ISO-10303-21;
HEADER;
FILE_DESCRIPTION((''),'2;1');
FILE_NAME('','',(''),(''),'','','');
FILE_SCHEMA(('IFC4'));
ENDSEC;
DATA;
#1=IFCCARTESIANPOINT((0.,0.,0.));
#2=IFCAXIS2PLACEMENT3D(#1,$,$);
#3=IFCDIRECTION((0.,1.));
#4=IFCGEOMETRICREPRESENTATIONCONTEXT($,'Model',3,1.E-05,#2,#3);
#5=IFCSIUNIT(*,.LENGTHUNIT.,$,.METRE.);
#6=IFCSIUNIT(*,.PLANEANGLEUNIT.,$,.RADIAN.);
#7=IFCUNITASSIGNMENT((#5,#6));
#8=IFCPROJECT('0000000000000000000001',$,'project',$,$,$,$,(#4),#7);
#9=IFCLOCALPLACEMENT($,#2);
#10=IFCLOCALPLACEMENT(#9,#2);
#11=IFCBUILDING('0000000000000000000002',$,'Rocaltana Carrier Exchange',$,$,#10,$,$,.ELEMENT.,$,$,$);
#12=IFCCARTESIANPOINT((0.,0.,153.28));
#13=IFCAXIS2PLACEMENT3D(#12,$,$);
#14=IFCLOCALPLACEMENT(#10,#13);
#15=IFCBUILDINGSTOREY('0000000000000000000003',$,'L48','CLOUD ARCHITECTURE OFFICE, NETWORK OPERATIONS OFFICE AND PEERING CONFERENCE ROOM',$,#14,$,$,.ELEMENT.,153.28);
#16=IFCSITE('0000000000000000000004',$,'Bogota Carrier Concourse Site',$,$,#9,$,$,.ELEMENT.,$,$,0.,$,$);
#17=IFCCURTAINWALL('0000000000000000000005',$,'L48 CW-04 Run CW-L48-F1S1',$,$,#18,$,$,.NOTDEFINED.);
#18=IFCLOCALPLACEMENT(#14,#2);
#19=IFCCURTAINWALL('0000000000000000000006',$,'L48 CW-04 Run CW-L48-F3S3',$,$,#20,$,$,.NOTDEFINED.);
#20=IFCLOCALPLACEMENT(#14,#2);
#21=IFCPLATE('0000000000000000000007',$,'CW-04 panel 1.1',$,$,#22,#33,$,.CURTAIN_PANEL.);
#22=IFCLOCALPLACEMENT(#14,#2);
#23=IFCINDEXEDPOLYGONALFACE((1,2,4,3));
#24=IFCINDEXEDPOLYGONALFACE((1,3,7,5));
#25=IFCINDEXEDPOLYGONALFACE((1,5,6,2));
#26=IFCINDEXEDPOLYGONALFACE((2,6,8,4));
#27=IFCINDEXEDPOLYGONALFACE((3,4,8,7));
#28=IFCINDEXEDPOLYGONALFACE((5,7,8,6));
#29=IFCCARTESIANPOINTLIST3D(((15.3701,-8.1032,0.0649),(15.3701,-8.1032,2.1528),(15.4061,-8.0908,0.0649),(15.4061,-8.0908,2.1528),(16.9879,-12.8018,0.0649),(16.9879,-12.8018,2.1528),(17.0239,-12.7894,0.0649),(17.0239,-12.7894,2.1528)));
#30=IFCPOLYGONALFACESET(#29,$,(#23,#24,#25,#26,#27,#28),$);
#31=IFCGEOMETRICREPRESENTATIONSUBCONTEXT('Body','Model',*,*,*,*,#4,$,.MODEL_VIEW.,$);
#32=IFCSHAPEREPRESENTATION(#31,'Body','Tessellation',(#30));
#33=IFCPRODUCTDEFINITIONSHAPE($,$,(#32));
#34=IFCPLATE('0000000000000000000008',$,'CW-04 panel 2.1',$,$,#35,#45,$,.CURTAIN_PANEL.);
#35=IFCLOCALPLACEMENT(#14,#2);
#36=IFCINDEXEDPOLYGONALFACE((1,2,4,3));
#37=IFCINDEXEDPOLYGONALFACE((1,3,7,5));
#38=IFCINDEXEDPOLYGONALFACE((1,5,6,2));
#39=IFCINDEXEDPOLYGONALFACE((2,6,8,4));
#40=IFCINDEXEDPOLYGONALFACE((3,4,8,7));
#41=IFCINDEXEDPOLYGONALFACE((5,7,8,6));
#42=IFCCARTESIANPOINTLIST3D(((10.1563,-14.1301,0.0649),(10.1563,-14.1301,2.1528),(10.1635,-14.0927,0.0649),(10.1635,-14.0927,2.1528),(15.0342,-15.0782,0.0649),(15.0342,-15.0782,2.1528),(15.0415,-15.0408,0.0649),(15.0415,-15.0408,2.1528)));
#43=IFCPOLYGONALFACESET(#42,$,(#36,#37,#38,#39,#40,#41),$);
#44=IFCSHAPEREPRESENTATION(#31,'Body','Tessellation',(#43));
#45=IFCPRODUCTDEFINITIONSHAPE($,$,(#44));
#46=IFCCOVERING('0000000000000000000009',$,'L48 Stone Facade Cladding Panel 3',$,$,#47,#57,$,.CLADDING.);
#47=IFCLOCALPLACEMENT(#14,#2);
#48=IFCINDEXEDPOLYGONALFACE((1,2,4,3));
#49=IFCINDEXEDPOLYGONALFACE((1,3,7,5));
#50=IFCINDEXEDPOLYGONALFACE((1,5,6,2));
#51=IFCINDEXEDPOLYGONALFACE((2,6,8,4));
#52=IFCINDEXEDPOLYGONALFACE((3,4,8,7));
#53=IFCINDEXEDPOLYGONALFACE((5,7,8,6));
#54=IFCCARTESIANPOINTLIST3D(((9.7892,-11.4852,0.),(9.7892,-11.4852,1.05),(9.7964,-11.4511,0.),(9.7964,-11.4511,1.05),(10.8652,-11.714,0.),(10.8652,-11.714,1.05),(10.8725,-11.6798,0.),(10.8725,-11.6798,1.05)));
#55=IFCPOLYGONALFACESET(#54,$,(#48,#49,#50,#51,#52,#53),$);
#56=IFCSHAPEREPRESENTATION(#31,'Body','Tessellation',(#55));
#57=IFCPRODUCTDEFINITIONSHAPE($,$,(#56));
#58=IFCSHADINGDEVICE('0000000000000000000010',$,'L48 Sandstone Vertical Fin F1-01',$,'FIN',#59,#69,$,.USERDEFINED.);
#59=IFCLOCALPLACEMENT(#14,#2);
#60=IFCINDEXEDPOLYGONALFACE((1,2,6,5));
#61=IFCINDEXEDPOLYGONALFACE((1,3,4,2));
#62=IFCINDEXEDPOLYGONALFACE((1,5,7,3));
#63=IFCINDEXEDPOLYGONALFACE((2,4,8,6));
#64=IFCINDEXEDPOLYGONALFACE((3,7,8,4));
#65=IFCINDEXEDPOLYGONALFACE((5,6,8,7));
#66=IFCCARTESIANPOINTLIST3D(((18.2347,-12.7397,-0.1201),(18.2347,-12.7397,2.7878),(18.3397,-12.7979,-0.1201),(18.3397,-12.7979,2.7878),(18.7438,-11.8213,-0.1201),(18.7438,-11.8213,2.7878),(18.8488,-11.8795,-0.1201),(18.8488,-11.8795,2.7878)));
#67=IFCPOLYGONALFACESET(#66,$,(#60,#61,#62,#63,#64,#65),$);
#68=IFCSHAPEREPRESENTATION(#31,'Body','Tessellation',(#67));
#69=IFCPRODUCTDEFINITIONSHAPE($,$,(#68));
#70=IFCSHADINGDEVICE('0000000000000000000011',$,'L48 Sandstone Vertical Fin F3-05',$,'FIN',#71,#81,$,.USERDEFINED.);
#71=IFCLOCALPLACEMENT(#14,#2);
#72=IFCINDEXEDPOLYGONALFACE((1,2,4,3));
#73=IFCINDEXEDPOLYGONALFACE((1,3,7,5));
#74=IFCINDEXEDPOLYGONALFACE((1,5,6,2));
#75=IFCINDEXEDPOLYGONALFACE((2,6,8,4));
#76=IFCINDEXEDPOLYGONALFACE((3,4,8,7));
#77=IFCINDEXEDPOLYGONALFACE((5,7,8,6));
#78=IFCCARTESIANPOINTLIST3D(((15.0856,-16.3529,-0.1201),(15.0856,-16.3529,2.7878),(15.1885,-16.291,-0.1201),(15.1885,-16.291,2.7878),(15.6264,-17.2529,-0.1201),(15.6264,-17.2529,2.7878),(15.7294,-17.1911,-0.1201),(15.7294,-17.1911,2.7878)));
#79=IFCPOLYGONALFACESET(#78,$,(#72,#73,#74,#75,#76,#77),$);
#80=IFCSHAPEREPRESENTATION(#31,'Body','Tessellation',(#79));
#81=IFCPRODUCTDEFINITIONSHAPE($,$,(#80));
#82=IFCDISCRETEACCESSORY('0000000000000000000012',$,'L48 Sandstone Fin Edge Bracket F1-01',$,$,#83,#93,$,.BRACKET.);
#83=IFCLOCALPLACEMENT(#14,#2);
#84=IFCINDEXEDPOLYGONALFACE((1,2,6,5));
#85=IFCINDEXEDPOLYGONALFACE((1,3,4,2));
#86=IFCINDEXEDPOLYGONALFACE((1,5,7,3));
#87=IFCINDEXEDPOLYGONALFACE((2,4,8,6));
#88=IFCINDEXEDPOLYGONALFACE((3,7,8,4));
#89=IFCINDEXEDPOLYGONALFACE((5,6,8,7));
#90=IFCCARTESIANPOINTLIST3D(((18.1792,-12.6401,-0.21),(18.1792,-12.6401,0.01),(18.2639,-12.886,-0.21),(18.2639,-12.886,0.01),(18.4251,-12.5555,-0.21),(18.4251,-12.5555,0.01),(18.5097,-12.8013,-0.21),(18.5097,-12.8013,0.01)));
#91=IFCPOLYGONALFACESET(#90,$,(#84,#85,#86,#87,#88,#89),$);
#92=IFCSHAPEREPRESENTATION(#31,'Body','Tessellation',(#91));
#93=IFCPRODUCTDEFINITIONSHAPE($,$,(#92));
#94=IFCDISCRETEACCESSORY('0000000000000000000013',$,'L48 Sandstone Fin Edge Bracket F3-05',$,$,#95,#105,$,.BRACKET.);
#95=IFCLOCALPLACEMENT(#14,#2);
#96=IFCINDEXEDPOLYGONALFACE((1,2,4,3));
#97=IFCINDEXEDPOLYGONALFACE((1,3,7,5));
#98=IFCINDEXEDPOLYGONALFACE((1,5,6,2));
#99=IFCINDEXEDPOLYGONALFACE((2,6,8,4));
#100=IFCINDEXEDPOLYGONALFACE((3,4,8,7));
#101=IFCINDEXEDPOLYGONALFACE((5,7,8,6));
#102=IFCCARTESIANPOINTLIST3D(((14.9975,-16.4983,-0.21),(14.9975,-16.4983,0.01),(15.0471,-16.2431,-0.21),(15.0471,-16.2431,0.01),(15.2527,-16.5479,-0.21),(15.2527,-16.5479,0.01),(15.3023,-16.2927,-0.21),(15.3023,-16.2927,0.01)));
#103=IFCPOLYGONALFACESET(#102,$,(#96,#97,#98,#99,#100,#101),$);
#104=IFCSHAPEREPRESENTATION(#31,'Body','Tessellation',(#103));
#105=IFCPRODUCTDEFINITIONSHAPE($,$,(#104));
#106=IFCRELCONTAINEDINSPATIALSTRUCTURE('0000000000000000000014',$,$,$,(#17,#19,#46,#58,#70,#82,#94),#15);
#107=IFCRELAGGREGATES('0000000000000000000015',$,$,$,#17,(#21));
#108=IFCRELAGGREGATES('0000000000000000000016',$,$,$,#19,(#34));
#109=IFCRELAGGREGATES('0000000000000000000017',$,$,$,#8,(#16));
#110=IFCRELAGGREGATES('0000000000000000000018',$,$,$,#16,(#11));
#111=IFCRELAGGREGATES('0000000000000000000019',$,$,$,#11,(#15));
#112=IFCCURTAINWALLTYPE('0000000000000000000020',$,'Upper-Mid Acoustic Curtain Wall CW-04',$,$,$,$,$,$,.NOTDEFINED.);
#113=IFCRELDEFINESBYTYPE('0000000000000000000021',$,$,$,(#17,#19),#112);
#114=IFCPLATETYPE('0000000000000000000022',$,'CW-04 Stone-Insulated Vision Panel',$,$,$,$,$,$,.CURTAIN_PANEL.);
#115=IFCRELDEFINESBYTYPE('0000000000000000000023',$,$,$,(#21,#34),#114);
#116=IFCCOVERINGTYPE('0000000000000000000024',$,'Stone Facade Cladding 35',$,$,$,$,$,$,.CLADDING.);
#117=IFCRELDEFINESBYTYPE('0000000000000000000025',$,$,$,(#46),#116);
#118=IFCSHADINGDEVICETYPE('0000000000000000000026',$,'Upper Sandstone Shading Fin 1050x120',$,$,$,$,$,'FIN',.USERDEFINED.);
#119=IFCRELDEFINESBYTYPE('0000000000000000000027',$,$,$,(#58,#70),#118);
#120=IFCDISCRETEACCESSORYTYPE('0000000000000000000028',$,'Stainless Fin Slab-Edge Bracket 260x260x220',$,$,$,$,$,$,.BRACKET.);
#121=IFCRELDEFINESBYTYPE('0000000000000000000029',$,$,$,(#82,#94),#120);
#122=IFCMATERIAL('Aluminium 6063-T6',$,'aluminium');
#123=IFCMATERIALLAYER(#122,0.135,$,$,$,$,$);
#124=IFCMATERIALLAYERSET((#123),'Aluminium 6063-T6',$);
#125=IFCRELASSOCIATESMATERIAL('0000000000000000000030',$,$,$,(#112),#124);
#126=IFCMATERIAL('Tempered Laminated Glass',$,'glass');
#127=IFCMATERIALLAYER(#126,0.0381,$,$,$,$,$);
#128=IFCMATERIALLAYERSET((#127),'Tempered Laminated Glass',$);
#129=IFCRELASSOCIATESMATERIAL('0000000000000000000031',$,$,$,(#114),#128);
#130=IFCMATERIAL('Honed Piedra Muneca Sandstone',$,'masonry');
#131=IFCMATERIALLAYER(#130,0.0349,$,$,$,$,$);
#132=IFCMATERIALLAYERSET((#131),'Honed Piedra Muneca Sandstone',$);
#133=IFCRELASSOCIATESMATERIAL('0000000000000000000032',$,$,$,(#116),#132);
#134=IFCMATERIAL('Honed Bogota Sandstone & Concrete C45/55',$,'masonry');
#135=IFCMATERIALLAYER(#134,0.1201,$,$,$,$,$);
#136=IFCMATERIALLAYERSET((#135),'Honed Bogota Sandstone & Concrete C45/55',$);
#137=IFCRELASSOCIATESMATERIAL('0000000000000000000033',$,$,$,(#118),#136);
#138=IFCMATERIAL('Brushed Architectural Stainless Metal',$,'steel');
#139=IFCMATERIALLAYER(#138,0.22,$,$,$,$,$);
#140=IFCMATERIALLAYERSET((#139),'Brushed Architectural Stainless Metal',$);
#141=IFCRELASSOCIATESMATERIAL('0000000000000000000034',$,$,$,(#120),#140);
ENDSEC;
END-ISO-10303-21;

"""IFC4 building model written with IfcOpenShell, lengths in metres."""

from ifc_helpers import new_model, si_unit, direction, frame, origin, origin_2d, place, context, subcontext, project, spatial, rectangle, extrude, material, layer, layer_set, type_object, element, aggregate, save


model = new_model("IFC4")

# Units and contexts
model_context = context("Model", 3, precision=1e-05, world=origin(), true_north=direction((0.0, 1.0)))
body_context = subcontext(model_context, "Body", "Model", "MODEL_VIEW")
ifc_project = project(units=[si_unit("LENGTHUNIT", "METRE"), si_unit("PLANEANGLEUNIT", "RADIAN")], contexts=[model_context])

# Site, building, storey
site_placement = place(None, origin())
site = spatial("IfcSite", under=ifc_project, at=site_placement, Name="Bogota Carrier Concourse Site", CompositionType="ELEMENT", RefElevation=0.0)
building_placement = place(site_placement, origin())
building = spatial("IfcBuilding", under=site, at=building_placement, Name="Rocaltana Carrier Exchange", CompositionType="ELEMENT")
storey_placement = place(building_placement, frame((0.0, 0.0, 153.28)))
storey = spatial("IfcBuildingStorey", under=building, at=storey_placement, Name="L48", Description="CLOUD ARCHITECTURE OFFICE, NETWORK OPERATIONS OFFICE AND PEERING CONFERENCE ROOM", CompositionType="ELEMENT", Elevation=153.28)

# Curtain walls
ifc_material_1 = material(Name="Aluminium 6063-T6", Category="aluminium")
ifc_layer_1 = layer(ifc_material_1, 0.135)
ifc_layer_set_1 = layer_set([ifc_layer_1], Name="Aluminium 6063-T6")
curtain_wall_type = type_object("IfcCurtainWallType", Name="Upper-Mid Acoustic Curtain Wall CW-04", PredefinedType="NOTDEFINED", material=ifc_layer_set_1)
curtain_wall_1_placement = place(storey_placement, origin())
curtain_wall_1 = element("IfcCurtainWall", 1, at=curtain_wall_1_placement, inside=storey, type_object=curtain_wall_type, Name="L48 CW-04 Run CW-L48-F1S1", PredefinedType="NOTDEFINED")
curtain_wall_2_placement = place(storey_placement, origin())
curtain_wall_2 = element("IfcCurtainWall", 2, at=curtain_wall_2_placement, inside=storey, type_object=curtain_wall_type, Name="L48 CW-04 Run CW-L48-F3S3", PredefinedType="NOTDEFINED")

# Plates
ifc_material_2 = material(Name="Tempered Laminated Glass", Category="glass")
ifc_layer_2 = layer(ifc_material_2, 0.0381)
ifc_layer_set_2 = layer_set([ifc_layer_2], Name="Tempered Laminated Glass")
plate_type = type_object("IfcPlateType", Name="CW-04 Stone-Insulated Vision Panel", PredefinedType="CURTAIN_PANEL", material=ifc_layer_set_2)
plate_1_placement = place(storey_placement, frame((16.197, -10.4463, 0.0649), z_axis=(0.0, 0.0, 1.0), x_axis=(-0.325559, 0.945522, 0.0)))
plate_1 = element("IfcPlate", 3, at=plate_1_placement, type_object=plate_type, Name="CW-04 panel 1.1", PredefinedType="CURTAIN_PANEL", context=body_context, shape_type="SweptSolid", body=[
    extrude(rectangle(XDim=4.9692, YDim=0.0381, at=origin_2d()), origin(), (0.0, 0.0, 1.0), 2.0879),
])
aggregate(curtain_wall_1, [plate_1])
plate_2_placement = place(storey_placement, frame((12.5989, -14.5854, 0.0649), z_axis=(0.0, 0.0, 1.0), x_axis=(0.981628, -0.190805, 0.0)))
plate_2 = element("IfcPlate", 4, at=plate_2_placement, type_object=plate_type, Name="CW-04 panel 2.1", PredefinedType="CURTAIN_PANEL", context=body_context, shape_type="SweptSolid", body=[
    extrude(rectangle(XDim=4.9692, YDim=0.0381, at=origin_2d()), origin(), (0.0, 0.0, 1.0), 2.0879),
])
aggregate(curtain_wall_2, [plate_2])

# Covering
ifc_material_3 = material(Name="Honed Piedra Muneca Sandstone", Category="masonry")
ifc_layer_3 = layer(ifc_material_3, 0.0349)
ifc_layer_set_3 = layer_set([ifc_layer_3], Name="Honed Piedra Muneca Sandstone")
covering_type = type_object("IfcCoveringType", Name="Stone Facade Cladding 35", PredefinedType="CLADDING", material=ifc_layer_set_3)
covering_placement = place(storey_placement, frame((10.3308, -11.5825, 0.0), z_axis=(0.0, 0.0, 1.0), x_axis=(-0.978148, 0.207912, 0.0)))
element("IfcCovering", 5, at=covering_placement, inside=storey, type_object=covering_type, Name="L48 Stone Facade Cladding Panel 3", PredefinedType="CLADDING", context=body_context, shape_type="SweptSolid", body=[
    extrude(rectangle(XDim=1.1001, YDim=0.0349, at=origin_2d()), origin(), (0.0, 0.0, 1.0), 1.05),
])

# Shading devices
ifc_material_4 = material(Name="Honed Bogota Sandstone & Concrete C45/55", Category="masonry")
ifc_layer_4 = layer(ifc_material_4, 0.1201)
ifc_layer_set_4 = layer_set([ifc_layer_4], Name="Honed Bogota Sandstone & Concrete C45/55")
shading_device_type = type_object("IfcShadingDeviceType", Name="Upper Sandstone Shading Fin 1050x120", ElementType="FIN", PredefinedType="USERDEFINED", material=ifc_layer_set_4)
for number, where, z_axis, x_axis, name in (
    (6, (18.5417, -12.3096, -0.1201), (0.0, 0.0, 1.0), (0.48481, 0.87462, 0.0), "L48 Sandstone Vertical Fin F1-01"),
    (7, (15.4075, -16.772, -0.1201), (0.0, 0.0, 1.0), (0.515038, -0.857167, 0.0), "L48 Sandstone Vertical Fin F3-05"),
):
    element("IfcShadingDevice", number, at=place(storey_placement, frame(where, z_axis=z_axis, x_axis=x_axis)), inside=storey, type_object=shading_device_type, Name=name, ObjectType="FIN", PredefinedType="USERDEFINED", context=body_context, shape_type="SweptSolid", body=[
        extrude(rectangle(XDim=1.05, YDim=0.1201, at=origin_2d()), origin(), (0.0, 0.0, 1.0), 2.908),
    ])

# Discrete accessories
ifc_material_5 = material(Name="Brushed Architectural Stainless Metal", Category="steel")
ifc_layer_5 = layer(ifc_material_5, 0.22)
ifc_layer_set_5 = layer_set([ifc_layer_5], Name="Brushed Architectural Stainless Metal")
discrete_accessory_type = type_object("IfcDiscreteAccessoryType", Name="Stainless Fin Slab-Edge Bracket 260x260x220", PredefinedType="BRACKET", material=ifc_layer_set_5)
for number, where, z_axis, x_axis, name in (
    (8, (18.3445, -12.7207, -0.21), (0.0, 0.0, 1.0), (-0.325568, 0.945519, 0.0), "L48 Sandstone Fin Edge Bracket F1-01"),
    (9, (15.1499, -16.3955, -0.21), (0.0, 0.0, 1.0), (0.981627, -0.190809, 0.0), "L48 Sandstone Fin Edge Bracket F3-05"),
):
    element("IfcDiscreteAccessory", number, at=place(storey_placement, frame(where, z_axis=z_axis, x_axis=x_axis)), inside=storey, type_object=discrete_accessory_type, Name=name, PredefinedType="BRACKET", context=body_context, shape_type="SweptSolid", body=[
        extrude(rectangle(XDim=0.26, YDim=0.26, at=origin_2d()), origin(), (0.0, 0.0, 1.0), 0.22),
    ])

save(model, "model.ifc")
